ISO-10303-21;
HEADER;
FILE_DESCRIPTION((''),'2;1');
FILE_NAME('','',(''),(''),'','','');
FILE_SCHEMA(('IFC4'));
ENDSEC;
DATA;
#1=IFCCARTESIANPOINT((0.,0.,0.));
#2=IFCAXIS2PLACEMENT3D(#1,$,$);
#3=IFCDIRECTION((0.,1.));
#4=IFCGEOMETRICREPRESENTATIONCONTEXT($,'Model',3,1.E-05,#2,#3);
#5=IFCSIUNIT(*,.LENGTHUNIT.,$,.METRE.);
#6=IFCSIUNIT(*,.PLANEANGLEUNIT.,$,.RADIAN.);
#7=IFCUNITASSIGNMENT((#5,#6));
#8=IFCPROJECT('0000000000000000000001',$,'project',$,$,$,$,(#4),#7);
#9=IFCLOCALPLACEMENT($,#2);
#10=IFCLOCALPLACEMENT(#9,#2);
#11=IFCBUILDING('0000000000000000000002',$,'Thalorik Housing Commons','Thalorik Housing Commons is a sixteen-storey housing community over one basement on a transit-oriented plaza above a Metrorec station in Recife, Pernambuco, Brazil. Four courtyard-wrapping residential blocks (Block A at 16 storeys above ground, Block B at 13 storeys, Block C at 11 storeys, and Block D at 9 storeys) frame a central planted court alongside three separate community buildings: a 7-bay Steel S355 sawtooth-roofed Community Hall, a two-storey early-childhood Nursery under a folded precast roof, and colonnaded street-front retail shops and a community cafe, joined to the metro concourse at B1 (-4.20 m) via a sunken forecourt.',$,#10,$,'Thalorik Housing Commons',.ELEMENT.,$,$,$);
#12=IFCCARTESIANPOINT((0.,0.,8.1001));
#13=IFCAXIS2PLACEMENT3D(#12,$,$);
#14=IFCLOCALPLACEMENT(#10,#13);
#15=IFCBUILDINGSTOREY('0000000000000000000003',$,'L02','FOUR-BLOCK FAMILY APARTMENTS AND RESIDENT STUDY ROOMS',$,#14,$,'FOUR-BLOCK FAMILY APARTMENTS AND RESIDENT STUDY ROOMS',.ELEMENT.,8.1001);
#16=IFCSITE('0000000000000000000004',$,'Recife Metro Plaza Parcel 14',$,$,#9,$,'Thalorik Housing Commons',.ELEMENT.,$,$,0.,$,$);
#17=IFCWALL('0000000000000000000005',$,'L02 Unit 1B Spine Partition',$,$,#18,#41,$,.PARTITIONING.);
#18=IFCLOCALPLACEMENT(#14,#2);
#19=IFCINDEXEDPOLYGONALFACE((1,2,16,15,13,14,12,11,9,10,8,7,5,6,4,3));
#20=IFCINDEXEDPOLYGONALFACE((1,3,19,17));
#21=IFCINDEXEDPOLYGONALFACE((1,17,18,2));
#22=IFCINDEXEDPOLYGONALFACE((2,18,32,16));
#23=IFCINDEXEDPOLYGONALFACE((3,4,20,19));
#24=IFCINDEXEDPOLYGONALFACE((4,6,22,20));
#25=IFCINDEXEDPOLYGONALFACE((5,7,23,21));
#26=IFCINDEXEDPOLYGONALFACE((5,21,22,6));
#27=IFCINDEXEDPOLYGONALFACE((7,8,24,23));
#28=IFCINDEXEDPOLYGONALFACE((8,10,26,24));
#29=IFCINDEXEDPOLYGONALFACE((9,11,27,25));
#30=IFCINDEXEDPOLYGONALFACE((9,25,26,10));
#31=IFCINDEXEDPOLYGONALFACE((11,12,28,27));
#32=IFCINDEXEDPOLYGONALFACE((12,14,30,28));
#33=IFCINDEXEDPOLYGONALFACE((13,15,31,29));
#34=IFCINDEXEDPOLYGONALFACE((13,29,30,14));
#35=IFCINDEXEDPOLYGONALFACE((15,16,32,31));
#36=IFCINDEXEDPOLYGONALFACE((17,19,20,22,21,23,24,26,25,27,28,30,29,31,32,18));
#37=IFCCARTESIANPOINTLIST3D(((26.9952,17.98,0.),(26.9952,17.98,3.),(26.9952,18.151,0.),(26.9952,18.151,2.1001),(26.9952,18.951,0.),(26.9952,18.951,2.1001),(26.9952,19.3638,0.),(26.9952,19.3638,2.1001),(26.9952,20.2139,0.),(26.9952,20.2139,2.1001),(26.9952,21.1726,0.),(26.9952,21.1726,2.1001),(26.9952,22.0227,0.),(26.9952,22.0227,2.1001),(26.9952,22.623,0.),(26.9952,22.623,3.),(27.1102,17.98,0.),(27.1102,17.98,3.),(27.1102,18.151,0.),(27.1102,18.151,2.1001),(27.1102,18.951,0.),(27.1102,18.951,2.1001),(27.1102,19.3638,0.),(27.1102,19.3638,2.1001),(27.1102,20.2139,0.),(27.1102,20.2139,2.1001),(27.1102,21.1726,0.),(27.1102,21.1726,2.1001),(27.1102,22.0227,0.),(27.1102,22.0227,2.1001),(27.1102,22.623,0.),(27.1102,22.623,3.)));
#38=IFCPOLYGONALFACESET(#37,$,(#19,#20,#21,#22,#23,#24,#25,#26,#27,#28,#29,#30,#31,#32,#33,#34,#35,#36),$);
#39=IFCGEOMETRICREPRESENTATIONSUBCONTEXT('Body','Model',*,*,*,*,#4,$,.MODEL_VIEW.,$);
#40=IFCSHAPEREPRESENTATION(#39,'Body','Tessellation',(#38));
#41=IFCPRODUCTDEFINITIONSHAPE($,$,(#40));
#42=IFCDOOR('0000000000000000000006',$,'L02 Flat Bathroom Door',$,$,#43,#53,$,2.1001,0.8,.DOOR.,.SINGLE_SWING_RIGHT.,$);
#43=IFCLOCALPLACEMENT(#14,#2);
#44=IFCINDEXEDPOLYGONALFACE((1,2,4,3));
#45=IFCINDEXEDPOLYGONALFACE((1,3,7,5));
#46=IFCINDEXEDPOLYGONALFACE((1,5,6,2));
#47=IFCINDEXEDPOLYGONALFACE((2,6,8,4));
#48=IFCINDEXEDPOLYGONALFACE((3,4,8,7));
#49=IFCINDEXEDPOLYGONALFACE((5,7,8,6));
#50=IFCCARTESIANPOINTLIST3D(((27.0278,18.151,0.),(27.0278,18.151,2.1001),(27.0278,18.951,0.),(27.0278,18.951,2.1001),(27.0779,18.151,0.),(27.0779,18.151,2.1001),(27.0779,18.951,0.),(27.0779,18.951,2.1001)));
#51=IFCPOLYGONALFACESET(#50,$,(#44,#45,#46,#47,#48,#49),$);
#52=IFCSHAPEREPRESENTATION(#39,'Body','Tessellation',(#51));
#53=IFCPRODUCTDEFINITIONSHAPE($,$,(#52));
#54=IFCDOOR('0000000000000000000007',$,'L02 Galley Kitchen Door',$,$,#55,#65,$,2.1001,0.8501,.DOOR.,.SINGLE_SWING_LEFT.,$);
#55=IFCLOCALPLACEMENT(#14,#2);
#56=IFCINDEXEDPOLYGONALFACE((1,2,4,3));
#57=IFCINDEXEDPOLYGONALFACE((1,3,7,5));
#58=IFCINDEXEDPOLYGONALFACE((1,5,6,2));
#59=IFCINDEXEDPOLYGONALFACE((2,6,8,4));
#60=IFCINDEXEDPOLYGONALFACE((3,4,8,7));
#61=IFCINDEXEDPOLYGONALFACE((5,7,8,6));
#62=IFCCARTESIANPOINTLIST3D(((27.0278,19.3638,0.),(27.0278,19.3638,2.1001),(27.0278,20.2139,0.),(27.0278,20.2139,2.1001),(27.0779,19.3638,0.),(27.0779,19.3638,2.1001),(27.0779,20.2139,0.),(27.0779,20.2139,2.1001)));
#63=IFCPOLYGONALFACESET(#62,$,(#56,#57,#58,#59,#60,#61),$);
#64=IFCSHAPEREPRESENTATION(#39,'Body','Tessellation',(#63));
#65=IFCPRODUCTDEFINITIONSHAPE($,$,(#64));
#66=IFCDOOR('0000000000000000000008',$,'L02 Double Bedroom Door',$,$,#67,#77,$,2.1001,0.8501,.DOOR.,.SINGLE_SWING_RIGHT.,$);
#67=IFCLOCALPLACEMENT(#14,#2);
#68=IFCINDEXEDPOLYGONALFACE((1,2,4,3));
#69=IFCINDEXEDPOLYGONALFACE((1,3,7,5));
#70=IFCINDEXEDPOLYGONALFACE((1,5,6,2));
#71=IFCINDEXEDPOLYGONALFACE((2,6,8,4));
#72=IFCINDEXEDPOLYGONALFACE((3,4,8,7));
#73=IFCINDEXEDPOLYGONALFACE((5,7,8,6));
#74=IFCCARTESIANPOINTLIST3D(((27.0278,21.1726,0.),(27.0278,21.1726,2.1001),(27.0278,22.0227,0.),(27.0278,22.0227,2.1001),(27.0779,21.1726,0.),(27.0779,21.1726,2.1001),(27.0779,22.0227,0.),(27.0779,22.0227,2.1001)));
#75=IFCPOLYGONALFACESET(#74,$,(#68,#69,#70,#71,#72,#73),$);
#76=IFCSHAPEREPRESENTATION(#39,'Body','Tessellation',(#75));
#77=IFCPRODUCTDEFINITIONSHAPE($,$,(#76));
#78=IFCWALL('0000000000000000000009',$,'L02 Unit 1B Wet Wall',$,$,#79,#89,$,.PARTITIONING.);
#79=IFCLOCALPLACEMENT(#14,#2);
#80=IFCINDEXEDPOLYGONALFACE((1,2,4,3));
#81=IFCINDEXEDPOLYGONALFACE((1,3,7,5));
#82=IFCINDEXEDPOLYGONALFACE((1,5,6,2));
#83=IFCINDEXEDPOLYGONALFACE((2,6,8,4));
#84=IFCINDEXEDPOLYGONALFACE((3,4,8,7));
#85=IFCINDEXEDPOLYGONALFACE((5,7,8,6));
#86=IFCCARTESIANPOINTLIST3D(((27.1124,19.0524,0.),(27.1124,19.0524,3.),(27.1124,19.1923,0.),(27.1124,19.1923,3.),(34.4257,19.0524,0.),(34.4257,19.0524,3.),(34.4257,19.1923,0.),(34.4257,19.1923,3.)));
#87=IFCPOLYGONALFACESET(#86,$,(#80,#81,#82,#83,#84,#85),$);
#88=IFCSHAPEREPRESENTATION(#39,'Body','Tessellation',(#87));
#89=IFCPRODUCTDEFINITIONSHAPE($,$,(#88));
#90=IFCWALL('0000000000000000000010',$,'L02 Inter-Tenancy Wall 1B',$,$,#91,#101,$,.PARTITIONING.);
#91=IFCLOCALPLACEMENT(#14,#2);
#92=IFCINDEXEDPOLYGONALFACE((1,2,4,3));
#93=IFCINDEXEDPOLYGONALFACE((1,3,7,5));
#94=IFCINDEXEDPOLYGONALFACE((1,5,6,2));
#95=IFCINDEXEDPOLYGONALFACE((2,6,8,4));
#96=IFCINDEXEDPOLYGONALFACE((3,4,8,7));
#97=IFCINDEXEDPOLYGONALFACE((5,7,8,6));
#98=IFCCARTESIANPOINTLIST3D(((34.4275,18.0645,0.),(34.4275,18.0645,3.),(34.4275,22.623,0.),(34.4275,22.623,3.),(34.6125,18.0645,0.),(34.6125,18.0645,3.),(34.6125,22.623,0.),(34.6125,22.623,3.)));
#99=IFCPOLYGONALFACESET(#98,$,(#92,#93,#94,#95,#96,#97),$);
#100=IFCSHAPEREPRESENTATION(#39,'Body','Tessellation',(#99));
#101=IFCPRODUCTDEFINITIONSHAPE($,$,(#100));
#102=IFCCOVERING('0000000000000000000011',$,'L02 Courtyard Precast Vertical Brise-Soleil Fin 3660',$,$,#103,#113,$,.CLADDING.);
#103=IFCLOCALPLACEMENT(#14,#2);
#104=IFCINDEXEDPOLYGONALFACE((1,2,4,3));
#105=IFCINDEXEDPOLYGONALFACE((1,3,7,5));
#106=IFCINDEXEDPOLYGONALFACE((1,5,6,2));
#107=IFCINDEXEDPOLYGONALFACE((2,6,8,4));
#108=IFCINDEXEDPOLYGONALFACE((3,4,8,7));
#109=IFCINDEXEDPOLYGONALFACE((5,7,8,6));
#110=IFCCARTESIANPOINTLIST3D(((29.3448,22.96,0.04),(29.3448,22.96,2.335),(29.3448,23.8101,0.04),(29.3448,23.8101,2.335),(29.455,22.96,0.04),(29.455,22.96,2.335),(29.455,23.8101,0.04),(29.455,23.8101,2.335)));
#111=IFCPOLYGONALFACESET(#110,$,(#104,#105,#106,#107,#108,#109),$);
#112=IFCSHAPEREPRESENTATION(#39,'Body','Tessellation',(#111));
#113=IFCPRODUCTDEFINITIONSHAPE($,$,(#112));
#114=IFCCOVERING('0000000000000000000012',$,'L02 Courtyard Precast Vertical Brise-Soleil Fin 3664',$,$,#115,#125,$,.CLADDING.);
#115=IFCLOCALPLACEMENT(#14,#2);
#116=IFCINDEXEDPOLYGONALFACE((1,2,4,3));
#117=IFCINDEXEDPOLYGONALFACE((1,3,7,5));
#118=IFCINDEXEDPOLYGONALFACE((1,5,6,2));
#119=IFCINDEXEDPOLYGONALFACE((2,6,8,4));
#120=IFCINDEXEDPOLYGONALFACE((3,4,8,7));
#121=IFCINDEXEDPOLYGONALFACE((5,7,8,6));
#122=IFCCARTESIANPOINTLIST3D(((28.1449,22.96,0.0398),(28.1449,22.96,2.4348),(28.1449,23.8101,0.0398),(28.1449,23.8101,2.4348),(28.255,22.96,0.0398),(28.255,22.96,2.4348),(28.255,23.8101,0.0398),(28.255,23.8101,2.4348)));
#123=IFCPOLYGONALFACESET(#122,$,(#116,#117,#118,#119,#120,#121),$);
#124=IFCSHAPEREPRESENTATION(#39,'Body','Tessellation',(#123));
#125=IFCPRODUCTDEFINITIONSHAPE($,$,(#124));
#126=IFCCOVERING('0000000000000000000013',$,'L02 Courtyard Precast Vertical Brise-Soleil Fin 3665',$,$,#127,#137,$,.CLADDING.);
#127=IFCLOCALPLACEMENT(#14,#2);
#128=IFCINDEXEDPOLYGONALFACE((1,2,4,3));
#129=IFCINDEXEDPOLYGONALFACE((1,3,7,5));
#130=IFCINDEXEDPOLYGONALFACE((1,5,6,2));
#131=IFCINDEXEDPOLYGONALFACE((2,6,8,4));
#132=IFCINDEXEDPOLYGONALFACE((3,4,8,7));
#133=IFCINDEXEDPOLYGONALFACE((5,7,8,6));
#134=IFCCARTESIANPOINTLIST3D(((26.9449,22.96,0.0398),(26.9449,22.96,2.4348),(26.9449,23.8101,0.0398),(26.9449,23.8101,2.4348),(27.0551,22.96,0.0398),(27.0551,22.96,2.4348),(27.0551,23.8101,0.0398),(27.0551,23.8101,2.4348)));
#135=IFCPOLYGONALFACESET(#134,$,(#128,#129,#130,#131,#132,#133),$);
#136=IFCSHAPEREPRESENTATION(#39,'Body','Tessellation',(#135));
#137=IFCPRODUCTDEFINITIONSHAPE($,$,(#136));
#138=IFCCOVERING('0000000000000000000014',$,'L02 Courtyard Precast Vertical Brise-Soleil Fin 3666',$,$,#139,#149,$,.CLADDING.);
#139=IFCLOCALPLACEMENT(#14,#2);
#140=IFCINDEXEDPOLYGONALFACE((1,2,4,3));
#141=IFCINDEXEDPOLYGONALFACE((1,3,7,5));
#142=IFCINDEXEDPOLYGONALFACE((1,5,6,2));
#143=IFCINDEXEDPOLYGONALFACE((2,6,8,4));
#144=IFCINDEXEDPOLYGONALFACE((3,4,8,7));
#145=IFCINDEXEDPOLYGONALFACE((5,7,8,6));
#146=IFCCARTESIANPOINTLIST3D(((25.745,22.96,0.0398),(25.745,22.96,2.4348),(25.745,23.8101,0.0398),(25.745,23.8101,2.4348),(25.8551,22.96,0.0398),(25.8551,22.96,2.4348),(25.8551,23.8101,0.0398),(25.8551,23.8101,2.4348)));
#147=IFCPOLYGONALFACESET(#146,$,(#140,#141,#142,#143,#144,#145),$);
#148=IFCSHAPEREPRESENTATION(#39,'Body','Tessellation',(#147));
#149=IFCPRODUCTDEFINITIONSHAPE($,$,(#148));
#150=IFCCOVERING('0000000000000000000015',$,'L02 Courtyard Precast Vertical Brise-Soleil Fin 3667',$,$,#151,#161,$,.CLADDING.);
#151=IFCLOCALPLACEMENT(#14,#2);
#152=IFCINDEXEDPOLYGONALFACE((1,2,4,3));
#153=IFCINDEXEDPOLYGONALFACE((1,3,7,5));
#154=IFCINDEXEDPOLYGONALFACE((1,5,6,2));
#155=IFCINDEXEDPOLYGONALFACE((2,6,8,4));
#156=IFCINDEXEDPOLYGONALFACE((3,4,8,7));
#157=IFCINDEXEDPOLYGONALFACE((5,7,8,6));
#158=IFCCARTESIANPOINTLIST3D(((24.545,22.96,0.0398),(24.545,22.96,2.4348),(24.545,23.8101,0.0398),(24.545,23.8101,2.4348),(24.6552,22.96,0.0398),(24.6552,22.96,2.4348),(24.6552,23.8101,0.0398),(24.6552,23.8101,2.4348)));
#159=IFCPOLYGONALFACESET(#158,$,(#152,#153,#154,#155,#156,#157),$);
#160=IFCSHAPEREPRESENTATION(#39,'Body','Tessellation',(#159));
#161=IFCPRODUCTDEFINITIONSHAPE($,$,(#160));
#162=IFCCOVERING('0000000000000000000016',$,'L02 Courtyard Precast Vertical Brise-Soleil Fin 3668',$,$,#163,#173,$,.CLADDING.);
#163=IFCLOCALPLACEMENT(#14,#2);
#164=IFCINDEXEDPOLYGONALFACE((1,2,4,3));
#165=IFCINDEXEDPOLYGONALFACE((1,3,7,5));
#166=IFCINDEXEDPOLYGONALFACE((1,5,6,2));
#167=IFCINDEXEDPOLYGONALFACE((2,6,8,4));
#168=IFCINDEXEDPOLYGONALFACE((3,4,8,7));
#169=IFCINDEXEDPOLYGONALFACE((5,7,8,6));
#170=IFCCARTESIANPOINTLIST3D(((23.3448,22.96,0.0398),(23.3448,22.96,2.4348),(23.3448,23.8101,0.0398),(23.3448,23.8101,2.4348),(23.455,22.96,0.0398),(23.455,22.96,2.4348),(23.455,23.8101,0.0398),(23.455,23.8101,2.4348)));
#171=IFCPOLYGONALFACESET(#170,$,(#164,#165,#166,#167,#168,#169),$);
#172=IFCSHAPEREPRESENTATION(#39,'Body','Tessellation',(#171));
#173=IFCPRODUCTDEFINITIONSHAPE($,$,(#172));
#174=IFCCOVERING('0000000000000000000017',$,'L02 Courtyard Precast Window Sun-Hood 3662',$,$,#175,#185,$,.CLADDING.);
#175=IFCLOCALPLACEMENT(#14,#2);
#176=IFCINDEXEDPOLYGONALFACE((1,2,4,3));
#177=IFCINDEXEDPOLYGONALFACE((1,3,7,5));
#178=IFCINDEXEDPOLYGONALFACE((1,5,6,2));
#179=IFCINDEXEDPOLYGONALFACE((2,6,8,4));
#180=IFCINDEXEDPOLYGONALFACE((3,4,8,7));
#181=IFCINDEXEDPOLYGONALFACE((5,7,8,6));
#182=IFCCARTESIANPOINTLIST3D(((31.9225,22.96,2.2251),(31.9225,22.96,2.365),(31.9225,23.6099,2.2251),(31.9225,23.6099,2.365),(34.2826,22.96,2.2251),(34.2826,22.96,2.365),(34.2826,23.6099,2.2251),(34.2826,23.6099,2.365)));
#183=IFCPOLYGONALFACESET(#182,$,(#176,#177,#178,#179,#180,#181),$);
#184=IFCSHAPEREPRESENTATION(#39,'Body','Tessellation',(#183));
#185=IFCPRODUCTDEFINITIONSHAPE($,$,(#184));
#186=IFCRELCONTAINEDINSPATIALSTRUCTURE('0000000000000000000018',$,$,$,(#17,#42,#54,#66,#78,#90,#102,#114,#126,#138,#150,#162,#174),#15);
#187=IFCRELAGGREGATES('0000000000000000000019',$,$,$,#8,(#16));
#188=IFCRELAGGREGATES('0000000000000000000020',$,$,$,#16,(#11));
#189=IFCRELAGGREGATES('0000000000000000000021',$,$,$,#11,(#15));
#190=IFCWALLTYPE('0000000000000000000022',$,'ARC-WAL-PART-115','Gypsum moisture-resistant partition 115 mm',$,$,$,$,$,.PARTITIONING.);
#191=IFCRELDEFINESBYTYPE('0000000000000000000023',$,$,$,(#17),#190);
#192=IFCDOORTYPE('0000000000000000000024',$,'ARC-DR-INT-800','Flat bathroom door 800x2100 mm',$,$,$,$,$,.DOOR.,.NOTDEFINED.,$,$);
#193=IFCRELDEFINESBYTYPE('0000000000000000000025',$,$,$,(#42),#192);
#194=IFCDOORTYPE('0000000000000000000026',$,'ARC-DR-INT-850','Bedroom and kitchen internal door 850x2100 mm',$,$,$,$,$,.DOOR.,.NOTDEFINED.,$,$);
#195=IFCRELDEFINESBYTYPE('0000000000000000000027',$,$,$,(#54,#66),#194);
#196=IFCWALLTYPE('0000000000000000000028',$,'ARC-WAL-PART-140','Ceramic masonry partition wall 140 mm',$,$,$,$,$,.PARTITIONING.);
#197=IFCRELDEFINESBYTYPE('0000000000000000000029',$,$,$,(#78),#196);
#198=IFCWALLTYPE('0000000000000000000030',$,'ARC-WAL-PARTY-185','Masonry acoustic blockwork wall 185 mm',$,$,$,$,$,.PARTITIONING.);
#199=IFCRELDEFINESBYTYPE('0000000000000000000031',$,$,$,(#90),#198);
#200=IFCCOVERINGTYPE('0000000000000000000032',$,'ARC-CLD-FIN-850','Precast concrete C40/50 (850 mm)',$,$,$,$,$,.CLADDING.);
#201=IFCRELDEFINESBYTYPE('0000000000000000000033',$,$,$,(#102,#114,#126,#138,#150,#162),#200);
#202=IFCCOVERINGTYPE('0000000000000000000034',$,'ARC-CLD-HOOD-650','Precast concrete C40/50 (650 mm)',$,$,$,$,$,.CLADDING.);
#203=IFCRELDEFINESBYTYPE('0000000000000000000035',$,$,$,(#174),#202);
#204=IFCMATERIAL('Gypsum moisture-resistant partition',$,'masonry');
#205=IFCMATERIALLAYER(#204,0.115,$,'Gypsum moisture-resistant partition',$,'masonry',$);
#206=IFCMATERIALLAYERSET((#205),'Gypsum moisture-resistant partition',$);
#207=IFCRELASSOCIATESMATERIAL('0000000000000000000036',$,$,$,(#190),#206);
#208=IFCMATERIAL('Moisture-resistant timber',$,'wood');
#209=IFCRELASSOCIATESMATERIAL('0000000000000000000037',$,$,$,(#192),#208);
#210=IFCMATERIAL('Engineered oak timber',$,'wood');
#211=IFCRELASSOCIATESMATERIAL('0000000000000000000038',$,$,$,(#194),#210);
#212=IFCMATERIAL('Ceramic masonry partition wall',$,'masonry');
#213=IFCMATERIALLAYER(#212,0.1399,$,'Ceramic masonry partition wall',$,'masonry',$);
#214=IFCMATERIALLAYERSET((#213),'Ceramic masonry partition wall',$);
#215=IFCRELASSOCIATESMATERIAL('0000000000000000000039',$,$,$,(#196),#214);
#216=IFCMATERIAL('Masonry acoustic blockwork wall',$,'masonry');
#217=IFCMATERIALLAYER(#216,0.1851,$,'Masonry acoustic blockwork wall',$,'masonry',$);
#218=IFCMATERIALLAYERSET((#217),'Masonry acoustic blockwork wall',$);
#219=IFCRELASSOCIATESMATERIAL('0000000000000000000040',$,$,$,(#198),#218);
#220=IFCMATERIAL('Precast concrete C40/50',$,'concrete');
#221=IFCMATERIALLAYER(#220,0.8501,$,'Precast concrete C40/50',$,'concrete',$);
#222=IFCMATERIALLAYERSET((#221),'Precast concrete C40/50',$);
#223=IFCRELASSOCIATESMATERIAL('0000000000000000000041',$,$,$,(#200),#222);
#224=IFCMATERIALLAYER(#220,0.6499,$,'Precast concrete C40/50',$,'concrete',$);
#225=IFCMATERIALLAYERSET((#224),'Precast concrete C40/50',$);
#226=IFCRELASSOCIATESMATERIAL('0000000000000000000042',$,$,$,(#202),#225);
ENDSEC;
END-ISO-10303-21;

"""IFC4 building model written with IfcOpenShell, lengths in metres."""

from ifc_helpers import new_model, si_unit, direction, frame, frame_2d, origin, origin_2d, place, context, subcontext, project, spatial, rectangle, extrude, material, layer, layer_set, type_object, element, fill, save


model = new_model("IFC4")

# Units and contexts
model_context = context("Model", 3, precision=1e-05, world=origin(), true_north=direction((0.0, 1.0)))
body_context = subcontext(model_context, "Body", "Model", "MODEL_VIEW")
ifc_project = project(units=[si_unit("LENGTHUNIT", "METRE"), si_unit("PLANEANGLEUNIT", "RADIAN")], contexts=[model_context])

# Site, building, storey
site_placement = place(None, origin())
site = spatial("IfcSite", under=ifc_project, at=site_placement, Name="Recife Metro Plaza Parcel 14", LongName="Thalorik Housing Commons", CompositionType="ELEMENT", RefElevation=0.0)
building_placement = place(site_placement, origin())
building = spatial("IfcBuilding", under=site, at=building_placement, Name="Thalorik Housing Commons", Description="Thalorik Housing Commons is a sixteen-storey housing community over one basement on a transit-oriented plaza above a Metrorec station in Recife, Pernambuco, Brazil. Four courtyard-wrapping residential blocks (Block A at 16 storeys above ground, Block B at 13 storeys, Block C at 11 storeys, and Block D at 9 storeys) frame a central planted court alongside three separate community buildings: a 7-bay Steel S355 sawtooth-roofed Community Hall, a two-storey early-childhood Nursery under a folded precast roof, and colonnaded street-front retail shops and a community cafe, joined to the metro concourse at B1 (-4.20 m) via a sunken forecourt.", LongName="Thalorik Housing Commons", CompositionType="ELEMENT")
storey_placement = place(building_placement, frame((0.0, 0.0, 8.1001)))
storey = spatial("IfcBuildingStorey", under=building, at=storey_placement, Name="L02", Description="FOUR-BLOCK FAMILY APARTMENTS AND RESIDENT STUDY ROOMS", LongName="FOUR-BLOCK FAMILY APARTMENTS AND RESIDENT STUDY ROOMS", CompositionType="ELEMENT", Elevation=8.1001)

# Shared definitions
ifc_material_1 = material(Name="Precast concrete C40/50", Category="concrete")

# Wall, openings, doors
ifc_material_2 = material(Name="Gypsum moisture-resistant partition", Category="masonry")
ifc_layer_1 = layer(ifc_material_2, 0.115, Name="Gypsum moisture-resistant partition", Category="masonry")
ifc_layer_set_1 = layer_set([ifc_layer_1], Name="Gypsum moisture-resistant partition")
wall_type_1 = type_object("IfcWallType", Name="ARC-WAL-PART-115", Description="Gypsum moisture-resistant partition 115 mm", PredefinedType="PARTITIONING", material=ifc_layer_set_1)
wall_1_placement = place(storey_placement, frame((27.0527, 17.98, 0.0), z_axis=(0.0, 0.0, 1.0), x_axis=(0.0, 1.0, 0.0)))
wall_1 = element("IfcWall", 1, at=wall_1_placement, inside=storey, type_object=wall_type_1, Name="L02 Unit 1B Spine Partition", PredefinedType="PARTITIONING", context=body_context, shape_type="SweptSolid", body=[
    extrude(rectangle(XDim=4.6431, YDim=0.115, at=frame_2d((2.3215, 0.0))), origin(), (0.0, 0.0, 1.0), 3.0),
])
opening_1_placement = place(wall_1_placement, frame((0.1711, 0.0, 0.0)))
opening_1 = element("IfcOpeningElement", 2, at=opening_1_placement, cuts=wall_1, PredefinedType="OPENING", context=body_context, shape_type="SweptSolid", body=[
    extrude(rectangle(XDim=0.8, YDim=2.1001, at=frame_2d((0.3999, 1.05))), frame((0.0, 0.0674, 0.0), z_axis=(0.0, -1.0, 0.0), x_axis=(1.0, 0.0, 0.0)), (0.0, 0.0, 1.0), 0.135),
])
opening_2_placement = place(wall_1_placement, frame((1.3838, 0.0, 0.0)))
opening_2 = element("IfcOpeningElement", 3, at=opening_2_placement, cuts=wall_1, PredefinedType="OPENING", context=body_context, shape_type="SweptSolid", body=[
    extrude(rectangle(XDim=0.8501, YDim=2.1001, at=frame_2d((0.425, 1.05))), frame((0.0, 0.0674, 0.0), z_axis=(0.0, -1.0, 0.0), x_axis=(1.0, 0.0, 0.0)), (0.0, 0.0, 1.0), 0.135),
])
opening_3_placement = place(wall_1_placement, frame((3.1926, 0.0, 0.0)))
opening_3 = element("IfcOpeningElement", 4, at=opening_3_placement, cuts=wall_1, PredefinedType="OPENING", context=body_context, shape_type="SweptSolid", body=[
    extrude(rectangle(XDim=0.8501, YDim=2.1001, at=frame_2d((0.425, 1.05))), frame((0.0, 0.0674, 0.0), z_axis=(0.0, -1.0, 0.0), x_axis=(1.0, 0.0, 0.0)), (0.0, 0.0, 1.0), 0.135),
])
ifc_material_3 = material(Name="Moisture-resistant timber", Category="wood")
door_type_1 = type_object("IfcDoorType", Name="ARC-DR-INT-800", Description="Flat bathroom door 800x2100 mm", OperationType="NOTDEFINED", PredefinedType="DOOR", material=ifc_material_3)
door_1_placement = place(opening_1_placement, origin())
door_1 = element("IfcDoor", 5, at=door_1_placement, inside=storey, type_object=door_type_1, Name="L02 Flat Bathroom Door", OperationType="SINGLE_SWING_RIGHT", OverallHeight=2.1001, OverallWidth=0.8, PredefinedType="DOOR", context=body_context, shape_type="SweptSolid", body=[
    extrude(rectangle(XDim=0.8, YDim=2.1001, at=frame_2d((0.3999, 1.05))), frame((0.0, 0.0249, 0.0), z_axis=(0.0, -1.0, 0.0), x_axis=(1.0, 0.0, 0.0)), (0.0, 0.0, 1.0), 0.05),
])
fill(opening_1, door_1)
ifc_material_4 = material(Name="Engineered oak timber", Category="wood")
door_type_2 = type_object("IfcDoorType", Name="ARC-DR-INT-850", Description="Bedroom and kitchen internal door 850x2100 mm", OperationType="NOTDEFINED", PredefinedType="DOOR", material=ifc_material_4)
door_2_placement = place(opening_2_placement, origin())
door_2 = element("IfcDoor", 6, at=door_2_placement, inside=storey, type_object=door_type_2, Name="L02 Galley Kitchen Door", OperationType="SINGLE_SWING_LEFT", OverallHeight=2.1001, OverallWidth=0.8501, PredefinedType="DOOR", context=body_context, shape_type="SweptSolid", body=[
    extrude(rectangle(XDim=0.8501, YDim=2.1001, at=frame_2d((0.425, 1.05))), frame((0.0, 0.0249, 0.0), z_axis=(0.0, -1.0, 0.0), x_axis=(1.0, 0.0, 0.0)), (0.0, 0.0, 1.0), 0.05),
])
fill(opening_2, door_2)
door_3_placement = place(opening_3_placement, origin())
door_3 = element("IfcDoor", 7, at=door_3_placement, inside=storey, type_object=door_type_2, Name="L02 Double Bedroom Door", OperationType="SINGLE_SWING_RIGHT", OverallHeight=2.1001, OverallWidth=0.8501, PredefinedType="DOOR", context=body_context, shape_type="SweptSolid", body=[
    extrude(rectangle(XDim=0.8501, YDim=2.1001, at=frame_2d((0.425, 1.05))), frame((0.0, 0.0249, 0.0), z_axis=(0.0, -1.0, 0.0), x_axis=(1.0, 0.0, 0.0)), (0.0, 0.0, 1.0), 0.05),
])
fill(opening_3, door_3)

# Walls
ifc_material_5 = material(Name="Ceramic masonry partition wall", Category="masonry")
ifc_layer_2 = layer(ifc_material_5, 0.1399, Name="Ceramic masonry partition wall", Category="masonry")
ifc_layer_set_2 = layer_set([ifc_layer_2], Name="Ceramic masonry partition wall")
wall_type_2 = type_object("IfcWallType", Name="ARC-WAL-PART-140", Description="Ceramic masonry partition wall 140 mm", PredefinedType="PARTITIONING", material=ifc_layer_set_2)
wall_2_placement = place(storey_placement, frame((27.1123, 19.1223, 0.0), z_axis=(0.0, 0.0, 1.0), x_axis=(1.0, 0.0, 0.0)))
element("IfcWall", 8, at=wall_2_placement, inside=storey, type_object=wall_type_2, Name="L02 Unit 1B Wet Wall", PredefinedType="PARTITIONING", context=body_context, shape_type="SweptSolid", body=[
    extrude(rectangle(XDim=7.3132, YDim=0.1399, at=frame_2d((3.6567, 0.0))), origin(), (0.0, 0.0, 1.0), 3.0),
])
ifc_material_6 = material(Name="Masonry acoustic blockwork wall", Category="masonry")
ifc_layer_3 = layer(ifc_material_6, 0.1851, Name="Masonry acoustic blockwork wall", Category="masonry")
ifc_layer_set_3 = layer_set([ifc_layer_3], Name="Masonry acoustic blockwork wall")
wall_type_3 = type_object("IfcWallType", Name="ARC-WAL-PARTY-185", Description="Masonry acoustic blockwork wall 185 mm", PredefinedType="PARTITIONING", material=ifc_layer_set_3)
wall_3_placement = place(storey_placement, frame((34.52, 18.0645, 0.0), z_axis=(0.0, 0.0, 1.0), x_axis=(0.0, 1.0, 0.0)))
element("IfcWall", 9, at=wall_3_placement, inside=storey, type_object=wall_type_3, Name="L02 Inter-Tenancy Wall 1B", PredefinedType="PARTITIONING", context=body_context, shape_type="SweptSolid", body=[
    extrude(rectangle(XDim=4.5586, YDim=0.1851, at=frame_2d((2.2793, 0.0))), origin(), (0.0, 0.0, 1.0), 3.0),
])

# Coverings
ifc_layer_4 = layer(ifc_material_1, 0.8501, Name="Precast concrete C40/50", Category="concrete")
ifc_layer_set_4 = layer_set([ifc_layer_4], Name="Precast concrete C40/50")
covering_type_1 = type_object("IfcCoveringType", Name="ARC-CLD-FIN-850", Description="Precast concrete C40/50 (850 mm)", PredefinedType="CLADDING", material=ifc_layer_set_4)
covering_1_placement = place(storey_placement, frame((29.3999, 23.385, 0.04), z_axis=(0.0, 0.0, 1.0), x_axis=(-1.0, 0.0, 0.0)))
element("IfcCovering", 10, at=covering_1_placement, inside=storey, type_object=covering_type_1, Name="L02 Courtyard Precast Vertical Brise-Soleil Fin 3660", PredefinedType="CLADDING", context=body_context, shape_type="SweptSolid", body=[
    extrude(rectangle(XDim=0.1101, YDim=0.8501, at=origin_2d()), origin(), (0.0, 0.0, 1.0), 2.2949),
])
for number, where, z_axis, x_axis, name in (
    (11, (28.2, 23.385, 0.0398), (0.0, 0.0, 1.0), (-1.0, 0.0, 0.0), "L02 Courtyard Precast Vertical Brise-Soleil Fin 3664"),
    (12, (27.0, 23.385, 0.0398), (0.0, 0.0, 1.0), (-1.0, 0.0, 0.0), "L02 Courtyard Precast Vertical Brise-Soleil Fin 3665"),
    (13, (25.8, 23.385, 0.0398), (0.0, 0.0, 1.0), (-1.0, 0.0, 0.0), "L02 Courtyard Precast Vertical Brise-Soleil Fin 3666"),
    (14, (24.6001, 23.385, 0.0398), (0.0, 0.0, 1.0), (-1.0, 0.0, 0.0), "L02 Courtyard Precast Vertical Brise-Soleil Fin 3667"),
    (15, (23.3999, 23.385, 0.0398), (0.0, 0.0, 1.0), (-1.0, 0.0, 0.0), "L02 Courtyard Precast Vertical Brise-Soleil Fin 3668"),
):
    element("IfcCovering", number, at=place(storey_placement, frame(where, z_axis=z_axis, x_axis=x_axis)), inside=storey, type_object=covering_type_1, Name=name, PredefinedType="CLADDING", context=body_context, shape_type="SweptSolid", body=[
        extrude(rectangle(XDim=0.1101, YDim=0.8501, at=origin_2d()), origin(), (0.0, 0.0, 1.0), 2.395),
    ])
ifc_layer_5 = layer(ifc_material_1, 0.6499, Name="Precast concrete C40/50", Category="concrete")
ifc_layer_set_5 = layer_set([ifc_layer_5], Name="Precast concrete C40/50")
covering_type_2 = type_object("IfcCoveringType", Name="ARC-CLD-HOOD-650", Description="Precast concrete C40/50 (650 mm)", PredefinedType="CLADDING", material=ifc_layer_set_5)
covering_2_placement = place(storey_placement, frame((33.1025, 23.2849, 2.2251), z_axis=(0.0, 0.0, 1.0), x_axis=(-1.0, 0.0, 0.0)))
element("IfcCovering", 16, at=covering_2_placement, inside=storey, type_object=covering_type_2, Name="L02 Courtyard Precast Window Sun-Hood 3662", PredefinedType="CLADDING", context=body_context, shape_type="SweptSolid", body=[
    extrude(rectangle(XDim=2.3601, YDim=0.6499, at=origin_2d()), origin(), (0.0, 0.0, 1.0), 0.1399),
])

save(model, "model.ifc")
